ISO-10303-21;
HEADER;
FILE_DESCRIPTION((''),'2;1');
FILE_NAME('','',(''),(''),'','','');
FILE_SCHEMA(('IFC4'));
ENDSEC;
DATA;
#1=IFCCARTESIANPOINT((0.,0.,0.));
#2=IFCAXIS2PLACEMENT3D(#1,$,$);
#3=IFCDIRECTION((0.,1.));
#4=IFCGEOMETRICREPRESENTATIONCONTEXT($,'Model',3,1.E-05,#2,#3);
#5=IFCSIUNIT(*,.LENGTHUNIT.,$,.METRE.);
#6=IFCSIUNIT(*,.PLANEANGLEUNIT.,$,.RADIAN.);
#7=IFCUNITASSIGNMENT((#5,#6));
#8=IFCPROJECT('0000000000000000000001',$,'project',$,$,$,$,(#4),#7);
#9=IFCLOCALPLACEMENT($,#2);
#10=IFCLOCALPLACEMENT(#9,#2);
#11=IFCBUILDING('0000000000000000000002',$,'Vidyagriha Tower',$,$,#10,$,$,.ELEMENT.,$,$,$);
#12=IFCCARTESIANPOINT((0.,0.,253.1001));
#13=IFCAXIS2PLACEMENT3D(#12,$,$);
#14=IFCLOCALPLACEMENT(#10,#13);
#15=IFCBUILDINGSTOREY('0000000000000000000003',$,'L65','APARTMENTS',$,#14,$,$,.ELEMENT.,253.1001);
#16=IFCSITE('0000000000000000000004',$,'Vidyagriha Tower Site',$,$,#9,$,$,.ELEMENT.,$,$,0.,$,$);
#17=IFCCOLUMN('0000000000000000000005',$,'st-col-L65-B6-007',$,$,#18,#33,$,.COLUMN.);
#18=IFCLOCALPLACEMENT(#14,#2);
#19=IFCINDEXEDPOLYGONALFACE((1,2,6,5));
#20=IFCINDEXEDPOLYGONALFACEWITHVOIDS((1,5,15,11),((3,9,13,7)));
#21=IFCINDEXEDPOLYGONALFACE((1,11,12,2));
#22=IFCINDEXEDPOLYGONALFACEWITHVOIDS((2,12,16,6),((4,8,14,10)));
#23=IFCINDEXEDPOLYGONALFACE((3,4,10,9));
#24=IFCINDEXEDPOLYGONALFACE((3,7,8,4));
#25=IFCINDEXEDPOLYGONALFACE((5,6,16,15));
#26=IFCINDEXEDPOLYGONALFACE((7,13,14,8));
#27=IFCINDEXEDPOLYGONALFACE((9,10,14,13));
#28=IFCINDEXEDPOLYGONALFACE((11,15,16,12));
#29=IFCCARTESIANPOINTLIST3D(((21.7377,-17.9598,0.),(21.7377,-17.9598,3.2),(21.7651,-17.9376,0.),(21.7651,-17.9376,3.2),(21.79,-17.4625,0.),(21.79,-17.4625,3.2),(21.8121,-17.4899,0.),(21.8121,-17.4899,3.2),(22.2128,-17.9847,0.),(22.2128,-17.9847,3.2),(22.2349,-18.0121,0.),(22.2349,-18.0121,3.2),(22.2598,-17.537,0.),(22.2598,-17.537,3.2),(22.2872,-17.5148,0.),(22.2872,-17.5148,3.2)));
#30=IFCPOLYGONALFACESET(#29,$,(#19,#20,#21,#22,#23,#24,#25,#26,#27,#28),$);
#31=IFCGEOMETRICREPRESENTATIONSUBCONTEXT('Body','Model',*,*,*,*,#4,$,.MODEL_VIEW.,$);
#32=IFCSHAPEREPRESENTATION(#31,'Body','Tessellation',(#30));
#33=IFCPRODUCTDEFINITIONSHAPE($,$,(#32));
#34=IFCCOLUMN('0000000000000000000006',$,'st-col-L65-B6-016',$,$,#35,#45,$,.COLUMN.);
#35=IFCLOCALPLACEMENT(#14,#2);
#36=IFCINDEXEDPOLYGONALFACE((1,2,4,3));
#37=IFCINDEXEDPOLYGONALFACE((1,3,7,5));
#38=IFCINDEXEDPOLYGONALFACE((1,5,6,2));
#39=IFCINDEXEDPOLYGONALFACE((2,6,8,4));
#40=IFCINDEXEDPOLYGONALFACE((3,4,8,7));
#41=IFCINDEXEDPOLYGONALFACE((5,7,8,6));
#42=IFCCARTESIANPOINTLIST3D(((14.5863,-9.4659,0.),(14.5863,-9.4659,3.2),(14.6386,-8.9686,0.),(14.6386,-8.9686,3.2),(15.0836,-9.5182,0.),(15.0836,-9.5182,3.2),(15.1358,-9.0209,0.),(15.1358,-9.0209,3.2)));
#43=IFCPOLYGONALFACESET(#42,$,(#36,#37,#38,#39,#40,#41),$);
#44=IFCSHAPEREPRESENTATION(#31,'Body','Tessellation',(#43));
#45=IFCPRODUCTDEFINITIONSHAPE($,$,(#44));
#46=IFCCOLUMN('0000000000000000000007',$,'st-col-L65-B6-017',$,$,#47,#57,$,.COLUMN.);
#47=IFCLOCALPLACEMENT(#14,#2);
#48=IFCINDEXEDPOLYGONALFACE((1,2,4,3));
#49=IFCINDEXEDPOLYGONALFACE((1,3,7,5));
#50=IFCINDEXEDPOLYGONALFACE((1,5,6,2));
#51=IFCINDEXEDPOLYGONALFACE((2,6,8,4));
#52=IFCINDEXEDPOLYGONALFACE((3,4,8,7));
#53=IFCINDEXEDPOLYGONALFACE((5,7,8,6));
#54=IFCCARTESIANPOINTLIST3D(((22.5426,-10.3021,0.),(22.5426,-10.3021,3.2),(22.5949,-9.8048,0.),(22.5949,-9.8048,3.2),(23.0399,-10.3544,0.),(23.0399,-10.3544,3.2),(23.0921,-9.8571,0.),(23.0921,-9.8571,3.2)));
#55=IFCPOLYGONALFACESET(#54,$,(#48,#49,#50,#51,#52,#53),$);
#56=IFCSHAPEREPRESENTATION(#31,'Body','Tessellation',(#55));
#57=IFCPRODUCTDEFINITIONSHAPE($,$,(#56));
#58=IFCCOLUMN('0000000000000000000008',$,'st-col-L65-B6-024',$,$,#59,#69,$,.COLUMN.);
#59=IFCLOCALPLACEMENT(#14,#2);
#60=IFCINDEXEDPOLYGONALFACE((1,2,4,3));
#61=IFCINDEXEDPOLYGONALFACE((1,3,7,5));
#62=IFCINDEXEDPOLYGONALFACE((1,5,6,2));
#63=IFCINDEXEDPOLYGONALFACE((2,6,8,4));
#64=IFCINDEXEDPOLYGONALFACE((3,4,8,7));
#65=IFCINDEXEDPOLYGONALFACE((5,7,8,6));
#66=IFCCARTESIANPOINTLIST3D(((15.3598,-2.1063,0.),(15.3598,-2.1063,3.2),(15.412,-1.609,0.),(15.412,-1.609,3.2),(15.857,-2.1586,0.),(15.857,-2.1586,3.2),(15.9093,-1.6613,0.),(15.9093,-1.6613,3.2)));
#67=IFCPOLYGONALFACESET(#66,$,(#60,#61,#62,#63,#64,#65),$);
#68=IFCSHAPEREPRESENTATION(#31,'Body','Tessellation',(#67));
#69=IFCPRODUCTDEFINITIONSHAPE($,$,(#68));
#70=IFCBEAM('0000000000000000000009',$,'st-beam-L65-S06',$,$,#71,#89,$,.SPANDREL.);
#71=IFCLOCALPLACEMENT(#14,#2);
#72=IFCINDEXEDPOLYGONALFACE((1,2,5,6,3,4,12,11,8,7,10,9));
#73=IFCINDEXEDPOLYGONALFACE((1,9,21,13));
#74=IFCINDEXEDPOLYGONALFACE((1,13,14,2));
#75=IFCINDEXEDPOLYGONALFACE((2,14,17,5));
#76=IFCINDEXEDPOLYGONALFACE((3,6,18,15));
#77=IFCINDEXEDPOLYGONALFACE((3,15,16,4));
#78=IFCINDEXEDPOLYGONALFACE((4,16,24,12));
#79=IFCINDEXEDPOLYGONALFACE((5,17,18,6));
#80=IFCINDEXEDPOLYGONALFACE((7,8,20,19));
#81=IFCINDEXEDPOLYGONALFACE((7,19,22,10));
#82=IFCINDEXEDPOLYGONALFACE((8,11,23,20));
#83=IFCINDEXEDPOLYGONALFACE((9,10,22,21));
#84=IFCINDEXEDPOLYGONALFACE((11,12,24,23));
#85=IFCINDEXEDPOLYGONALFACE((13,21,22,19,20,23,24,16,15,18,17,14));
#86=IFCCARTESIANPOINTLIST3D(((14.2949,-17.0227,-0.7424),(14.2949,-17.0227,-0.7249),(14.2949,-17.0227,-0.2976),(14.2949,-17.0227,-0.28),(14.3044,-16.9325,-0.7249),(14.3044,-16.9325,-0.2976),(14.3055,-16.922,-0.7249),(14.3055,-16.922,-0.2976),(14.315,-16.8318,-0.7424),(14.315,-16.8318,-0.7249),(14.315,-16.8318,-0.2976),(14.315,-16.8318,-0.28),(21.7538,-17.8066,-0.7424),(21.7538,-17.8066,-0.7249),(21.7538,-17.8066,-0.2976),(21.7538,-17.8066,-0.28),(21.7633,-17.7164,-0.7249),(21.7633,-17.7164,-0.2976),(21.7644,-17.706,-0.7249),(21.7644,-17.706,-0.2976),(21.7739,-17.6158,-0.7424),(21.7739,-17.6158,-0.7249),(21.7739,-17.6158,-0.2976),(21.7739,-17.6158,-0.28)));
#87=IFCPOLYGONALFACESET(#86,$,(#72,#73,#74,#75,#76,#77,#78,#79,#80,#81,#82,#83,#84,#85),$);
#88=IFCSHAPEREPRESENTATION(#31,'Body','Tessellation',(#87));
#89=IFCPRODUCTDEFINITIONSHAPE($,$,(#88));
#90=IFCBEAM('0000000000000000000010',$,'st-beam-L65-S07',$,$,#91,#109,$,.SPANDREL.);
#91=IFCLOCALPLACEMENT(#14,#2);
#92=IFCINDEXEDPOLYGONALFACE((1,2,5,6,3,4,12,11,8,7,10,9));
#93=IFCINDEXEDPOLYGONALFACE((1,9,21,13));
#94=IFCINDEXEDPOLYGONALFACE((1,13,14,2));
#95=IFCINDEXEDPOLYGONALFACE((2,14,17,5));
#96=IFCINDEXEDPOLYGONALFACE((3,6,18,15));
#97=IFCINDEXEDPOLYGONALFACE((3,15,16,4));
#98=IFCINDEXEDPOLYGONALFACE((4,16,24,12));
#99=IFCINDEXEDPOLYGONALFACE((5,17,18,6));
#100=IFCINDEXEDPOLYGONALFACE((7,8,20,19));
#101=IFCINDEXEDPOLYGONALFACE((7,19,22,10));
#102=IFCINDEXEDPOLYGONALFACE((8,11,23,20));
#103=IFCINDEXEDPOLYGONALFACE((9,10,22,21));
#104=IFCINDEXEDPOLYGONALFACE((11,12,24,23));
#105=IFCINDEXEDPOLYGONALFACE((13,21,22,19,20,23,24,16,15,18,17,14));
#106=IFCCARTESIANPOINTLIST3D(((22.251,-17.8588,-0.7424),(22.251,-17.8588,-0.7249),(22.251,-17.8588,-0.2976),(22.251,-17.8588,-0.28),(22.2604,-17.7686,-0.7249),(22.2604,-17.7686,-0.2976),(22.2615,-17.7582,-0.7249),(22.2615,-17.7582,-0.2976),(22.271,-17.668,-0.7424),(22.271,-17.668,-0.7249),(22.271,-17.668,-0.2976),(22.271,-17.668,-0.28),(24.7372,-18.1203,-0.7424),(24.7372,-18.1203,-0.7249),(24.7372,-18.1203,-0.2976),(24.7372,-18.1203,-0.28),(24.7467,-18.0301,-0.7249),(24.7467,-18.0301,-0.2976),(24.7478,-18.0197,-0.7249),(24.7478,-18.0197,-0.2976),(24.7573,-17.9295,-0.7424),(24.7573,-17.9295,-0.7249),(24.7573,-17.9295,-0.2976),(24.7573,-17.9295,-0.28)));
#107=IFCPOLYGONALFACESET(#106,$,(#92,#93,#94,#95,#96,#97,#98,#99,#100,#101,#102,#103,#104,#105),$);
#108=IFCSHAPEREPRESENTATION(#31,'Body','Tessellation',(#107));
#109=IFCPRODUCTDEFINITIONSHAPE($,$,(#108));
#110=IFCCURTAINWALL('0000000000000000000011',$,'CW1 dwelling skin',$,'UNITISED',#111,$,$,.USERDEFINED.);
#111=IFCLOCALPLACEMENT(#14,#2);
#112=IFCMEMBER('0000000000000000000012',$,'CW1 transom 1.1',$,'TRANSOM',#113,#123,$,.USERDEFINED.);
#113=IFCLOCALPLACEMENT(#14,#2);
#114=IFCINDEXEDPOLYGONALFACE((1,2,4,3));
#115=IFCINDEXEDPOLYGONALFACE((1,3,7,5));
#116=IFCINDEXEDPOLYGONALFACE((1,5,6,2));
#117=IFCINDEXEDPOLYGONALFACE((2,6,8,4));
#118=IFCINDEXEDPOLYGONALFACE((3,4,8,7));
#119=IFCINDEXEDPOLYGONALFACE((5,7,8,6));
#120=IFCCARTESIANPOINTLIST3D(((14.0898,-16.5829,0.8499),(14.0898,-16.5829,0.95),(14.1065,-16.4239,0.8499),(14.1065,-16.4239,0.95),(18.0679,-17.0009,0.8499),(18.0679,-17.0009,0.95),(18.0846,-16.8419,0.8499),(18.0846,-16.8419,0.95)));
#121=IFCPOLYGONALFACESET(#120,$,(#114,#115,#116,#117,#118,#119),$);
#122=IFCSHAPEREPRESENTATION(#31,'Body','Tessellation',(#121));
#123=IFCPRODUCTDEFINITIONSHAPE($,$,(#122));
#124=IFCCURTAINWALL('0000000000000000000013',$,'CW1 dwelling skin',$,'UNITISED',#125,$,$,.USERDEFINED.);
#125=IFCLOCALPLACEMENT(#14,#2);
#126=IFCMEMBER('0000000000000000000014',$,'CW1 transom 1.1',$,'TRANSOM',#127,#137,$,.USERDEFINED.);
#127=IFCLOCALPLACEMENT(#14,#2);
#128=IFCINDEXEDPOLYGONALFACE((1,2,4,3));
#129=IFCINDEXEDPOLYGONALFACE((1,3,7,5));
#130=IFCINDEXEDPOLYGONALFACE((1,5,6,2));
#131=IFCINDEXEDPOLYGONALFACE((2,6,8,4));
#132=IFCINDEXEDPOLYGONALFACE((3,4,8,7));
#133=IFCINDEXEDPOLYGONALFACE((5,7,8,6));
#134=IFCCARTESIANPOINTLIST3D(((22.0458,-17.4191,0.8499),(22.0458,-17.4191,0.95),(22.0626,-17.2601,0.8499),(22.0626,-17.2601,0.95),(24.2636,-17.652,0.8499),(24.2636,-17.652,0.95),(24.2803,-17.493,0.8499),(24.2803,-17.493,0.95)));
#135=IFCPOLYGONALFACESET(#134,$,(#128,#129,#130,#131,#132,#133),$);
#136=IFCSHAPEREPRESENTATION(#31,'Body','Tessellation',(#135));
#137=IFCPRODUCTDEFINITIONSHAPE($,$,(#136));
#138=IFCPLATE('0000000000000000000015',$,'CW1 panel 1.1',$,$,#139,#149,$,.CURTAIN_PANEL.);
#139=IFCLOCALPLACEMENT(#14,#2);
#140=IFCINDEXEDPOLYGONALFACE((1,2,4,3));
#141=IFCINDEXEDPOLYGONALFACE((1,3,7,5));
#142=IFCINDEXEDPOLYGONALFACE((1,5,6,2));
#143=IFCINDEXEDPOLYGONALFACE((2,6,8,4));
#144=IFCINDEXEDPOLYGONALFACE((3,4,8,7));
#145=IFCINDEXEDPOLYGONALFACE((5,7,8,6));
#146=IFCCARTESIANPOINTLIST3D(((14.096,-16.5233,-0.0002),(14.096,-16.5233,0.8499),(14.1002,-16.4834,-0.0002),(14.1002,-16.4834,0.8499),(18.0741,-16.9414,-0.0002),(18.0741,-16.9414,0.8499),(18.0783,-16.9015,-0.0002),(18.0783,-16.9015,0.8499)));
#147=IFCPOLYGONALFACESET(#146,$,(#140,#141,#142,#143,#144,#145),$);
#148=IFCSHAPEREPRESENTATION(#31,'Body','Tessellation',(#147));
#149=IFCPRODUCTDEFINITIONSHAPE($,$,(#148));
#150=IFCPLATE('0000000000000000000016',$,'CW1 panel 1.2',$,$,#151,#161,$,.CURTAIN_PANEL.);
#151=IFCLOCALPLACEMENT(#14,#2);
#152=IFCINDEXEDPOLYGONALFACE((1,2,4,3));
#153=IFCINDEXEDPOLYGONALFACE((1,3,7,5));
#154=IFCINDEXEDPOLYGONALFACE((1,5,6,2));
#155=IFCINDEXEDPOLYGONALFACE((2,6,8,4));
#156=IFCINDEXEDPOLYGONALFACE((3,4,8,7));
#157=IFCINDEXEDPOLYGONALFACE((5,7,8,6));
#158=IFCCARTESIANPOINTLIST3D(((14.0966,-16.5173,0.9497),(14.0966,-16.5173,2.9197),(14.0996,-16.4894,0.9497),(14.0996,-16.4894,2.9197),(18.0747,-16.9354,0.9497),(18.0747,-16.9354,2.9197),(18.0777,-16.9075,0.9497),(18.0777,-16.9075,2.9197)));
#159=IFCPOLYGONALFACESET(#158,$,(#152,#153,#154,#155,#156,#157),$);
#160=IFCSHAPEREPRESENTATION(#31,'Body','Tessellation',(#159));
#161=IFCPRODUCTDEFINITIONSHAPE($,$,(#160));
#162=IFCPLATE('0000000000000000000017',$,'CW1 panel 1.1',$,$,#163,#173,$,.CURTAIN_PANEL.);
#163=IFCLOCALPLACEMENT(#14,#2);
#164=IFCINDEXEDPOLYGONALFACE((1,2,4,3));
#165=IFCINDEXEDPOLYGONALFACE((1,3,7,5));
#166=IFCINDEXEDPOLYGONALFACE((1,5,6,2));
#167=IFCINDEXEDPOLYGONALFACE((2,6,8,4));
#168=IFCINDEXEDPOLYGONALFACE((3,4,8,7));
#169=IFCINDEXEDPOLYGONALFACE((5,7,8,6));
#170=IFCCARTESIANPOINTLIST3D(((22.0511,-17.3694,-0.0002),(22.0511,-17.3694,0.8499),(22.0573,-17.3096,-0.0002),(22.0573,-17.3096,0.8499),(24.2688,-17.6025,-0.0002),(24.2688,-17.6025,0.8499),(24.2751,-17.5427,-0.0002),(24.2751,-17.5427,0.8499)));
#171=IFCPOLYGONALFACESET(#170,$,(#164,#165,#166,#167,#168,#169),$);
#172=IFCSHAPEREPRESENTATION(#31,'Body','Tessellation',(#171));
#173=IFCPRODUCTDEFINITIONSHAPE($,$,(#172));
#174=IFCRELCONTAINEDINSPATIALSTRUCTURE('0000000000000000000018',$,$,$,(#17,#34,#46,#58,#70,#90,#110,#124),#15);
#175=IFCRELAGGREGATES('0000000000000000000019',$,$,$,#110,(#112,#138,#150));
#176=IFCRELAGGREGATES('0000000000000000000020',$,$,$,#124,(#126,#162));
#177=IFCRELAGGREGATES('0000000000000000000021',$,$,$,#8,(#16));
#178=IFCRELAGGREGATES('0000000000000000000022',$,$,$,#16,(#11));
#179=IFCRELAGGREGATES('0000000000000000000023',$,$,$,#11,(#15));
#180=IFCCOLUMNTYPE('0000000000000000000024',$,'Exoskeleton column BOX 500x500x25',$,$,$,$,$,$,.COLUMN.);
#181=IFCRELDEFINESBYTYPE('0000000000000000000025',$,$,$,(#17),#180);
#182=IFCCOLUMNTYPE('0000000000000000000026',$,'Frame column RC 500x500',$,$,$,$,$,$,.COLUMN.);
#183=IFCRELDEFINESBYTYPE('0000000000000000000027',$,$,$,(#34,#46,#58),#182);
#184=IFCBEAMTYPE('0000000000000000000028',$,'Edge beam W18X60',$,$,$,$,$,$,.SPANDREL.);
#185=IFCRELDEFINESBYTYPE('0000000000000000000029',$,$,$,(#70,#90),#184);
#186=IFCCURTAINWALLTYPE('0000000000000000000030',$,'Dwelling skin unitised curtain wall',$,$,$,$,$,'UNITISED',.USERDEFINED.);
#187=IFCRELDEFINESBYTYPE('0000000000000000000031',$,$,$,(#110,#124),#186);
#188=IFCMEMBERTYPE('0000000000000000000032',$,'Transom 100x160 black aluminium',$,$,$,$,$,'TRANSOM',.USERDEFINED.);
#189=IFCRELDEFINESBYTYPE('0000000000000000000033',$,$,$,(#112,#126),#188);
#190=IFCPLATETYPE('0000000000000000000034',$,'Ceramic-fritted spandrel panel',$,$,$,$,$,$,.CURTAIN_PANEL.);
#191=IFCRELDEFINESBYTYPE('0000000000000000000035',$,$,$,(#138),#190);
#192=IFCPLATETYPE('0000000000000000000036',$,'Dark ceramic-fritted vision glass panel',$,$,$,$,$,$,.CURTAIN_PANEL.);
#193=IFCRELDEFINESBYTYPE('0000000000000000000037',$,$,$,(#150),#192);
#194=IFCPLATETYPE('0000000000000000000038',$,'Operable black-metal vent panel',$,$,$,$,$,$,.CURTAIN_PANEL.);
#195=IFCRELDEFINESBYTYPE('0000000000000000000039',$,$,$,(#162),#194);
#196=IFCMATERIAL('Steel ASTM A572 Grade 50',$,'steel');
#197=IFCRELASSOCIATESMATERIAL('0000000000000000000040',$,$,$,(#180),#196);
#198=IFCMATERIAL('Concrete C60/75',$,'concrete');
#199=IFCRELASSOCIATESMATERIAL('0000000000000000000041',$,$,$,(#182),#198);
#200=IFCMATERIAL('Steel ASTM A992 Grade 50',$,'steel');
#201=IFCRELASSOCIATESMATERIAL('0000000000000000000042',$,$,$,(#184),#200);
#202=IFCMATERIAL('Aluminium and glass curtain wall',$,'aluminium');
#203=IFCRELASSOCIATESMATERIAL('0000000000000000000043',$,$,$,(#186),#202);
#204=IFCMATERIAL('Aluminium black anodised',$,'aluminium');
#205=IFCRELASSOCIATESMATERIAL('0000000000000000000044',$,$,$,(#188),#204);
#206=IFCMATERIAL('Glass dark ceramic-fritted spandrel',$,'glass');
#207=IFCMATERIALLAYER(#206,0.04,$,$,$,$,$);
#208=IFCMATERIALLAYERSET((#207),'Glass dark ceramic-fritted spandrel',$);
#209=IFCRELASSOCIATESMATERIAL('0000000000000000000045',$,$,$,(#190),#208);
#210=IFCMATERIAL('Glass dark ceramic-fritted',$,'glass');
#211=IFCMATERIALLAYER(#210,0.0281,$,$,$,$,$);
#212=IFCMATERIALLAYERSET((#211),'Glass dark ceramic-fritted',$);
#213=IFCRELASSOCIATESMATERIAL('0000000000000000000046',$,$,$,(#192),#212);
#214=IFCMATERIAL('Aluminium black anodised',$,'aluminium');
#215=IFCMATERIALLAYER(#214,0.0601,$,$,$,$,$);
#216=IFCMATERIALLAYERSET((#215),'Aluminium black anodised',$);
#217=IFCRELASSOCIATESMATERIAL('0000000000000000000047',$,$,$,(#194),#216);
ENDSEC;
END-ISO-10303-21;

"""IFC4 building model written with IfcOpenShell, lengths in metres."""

from ifc_helpers import new_model, si_unit, direction, frame, origin, origin_2d, place, context, subcontext, project, spatial, rectangle, hollow_rectangle, i_section, extrude, material, layer, layer_set, material_profile, profile_set, type_object, element, aggregate, save


model = new_model("IFC4")

# Units and contexts
model_context = context("Model", 3, precision=1e-05, world=origin(), true_north=direction((0.0, 1.0)))
body_context = subcontext(model_context, "Body", "Model", "MODEL_VIEW")
ifc_project = project(units=[si_unit("LENGTHUNIT", "METRE"), si_unit("PLANEANGLEUNIT", "RADIAN")], contexts=[model_context])

# Site, building, storey
site_placement = place(None, origin())
site = spatial("IfcSite", under=ifc_project, at=site_placement, Name="Vidyagriha Tower Site", CompositionType="ELEMENT", RefElevation=0.0)
building_placement = place(site_placement, origin())
building = spatial("IfcBuilding", under=site, at=building_placement, Name="Vidyagriha Tower", CompositionType="ELEMENT")
storey_placement = place(building_placement, frame((0.0, 0.0, 253.1001)))
storey = spatial("IfcBuildingStorey", under=building, at=storey_placement, Name="L65", Description="APARTMENTS", CompositionType="ELEMENT", Elevation=253.1001)

# Columns
ifc_material_1 = material(Name="Steel ASTM A572 Grade 50", Category="steel")
ifc_material_profile_1 = material_profile(ifc_material_1, hollow_rectangle(XDim=0.5, YDim=0.5, WallThickness=0.0249, at=origin_2d()), Name="BOX 500x500x25")
ifc_profile_set_1 = profile_set([ifc_material_profile_1], Name="Steel ASTM A572 Grade 50")
column_type_1 = type_object("IfcColumnType", Name="Exoskeleton column BOX 500x500x25", PredefinedType="COLUMN", material=ifc_profile_set_1)
column_placement = place(storey_placement, frame((22.0125, -17.7373, 0.0), z_axis=(0.0, 0.0, 1.0), x_axis=(0.994522, -0.104528, 0.0)))
element("IfcColumn", 1, at=column_placement, inside=storey, type_object=column_type_1, Name="st-col-L65-B6-007", PredefinedType="COLUMN", context=body_context, shape_type="SweptSolid", body=[
    extrude(hollow_rectangle(XDim=0.5, YDim=0.5, WallThickness=0.0249, at=origin_2d()), origin(), (0.0, 0.0, 1.0), 3.2),
])
ifc_material_2 = material(Name="Concrete C60/75", Category="concrete")
ifc_material_profile_2 = material_profile(ifc_material_2, rectangle(XDim=0.5, YDim=0.5, at=origin_2d()), Name="RC 500x500")
ifc_profile_set_2 = profile_set([ifc_material_profile_2], Name="Concrete C60/75")
column_type_2 = type_object("IfcColumnType", Name="Frame column RC 500x500", PredefinedType="COLUMN", material=ifc_profile_set_2)
for number, where, z_axis, x_axis, name in (
    (2, (14.8611, -9.2434, 0.0), (0.0, 0.0, 1.0), (0.994522, -0.104528, 0.0), "st-col-L65-B6-016"),
    (3, (22.8174, -10.0796, 0.0), (0.0, 0.0, 1.0), (0.994522, -0.104528, 0.0), "st-col-L65-B6-017"),
    (4, (15.6345, -1.8838, 0.0), (0.0, 0.0, 1.0), (0.994522, -0.104528, 0.0), "st-col-L65-B6-024"),
):
    element("IfcColumn", number, at=place(storey_placement, frame(where, z_axis=z_axis, x_axis=x_axis)), inside=storey, type_object=column_type_2, Name=name, PredefinedType="COLUMN", context=body_context, shape_type="SweptSolid", body=[
        extrude(rectangle(XDim=0.5, YDim=0.5, at=origin_2d()), origin(), (0.0, 0.0, 1.0), 3.2),
    ])

# Beams
ifc_material_3 = material(Name="Steel ASTM A992 Grade 50", Category="steel")
ifc_material_profile_3 = material_profile(ifc_material_3, i_section(OverallWidth=0.1919, OverallDepth=0.4624, WebThickness=0.0105, FlangeThickness=0.0176, at=origin_2d()), Name="W18X60")
ifc_profile_set_3 = profile_set([ifc_material_profile_3], Name="Steel ASTM A992 Grade 50")
beam_type = type_object("IfcBeamType", Name="Edge beam W18X60", PredefinedType="SPANDREL", material=ifc_profile_set_3)
beam_1_placement = place(storey_placement, frame((14.3049, -16.9272, -0.5112), z_axis=(0.994522, -0.104524, 0.0), x_axis=(0.104524, 0.994522, 0.0)))
element("IfcBeam", 5, at=beam_1_placement, inside=storey, type_object=beam_type, Name="st-beam-L65-S06", PredefinedType="SPANDREL", context=body_context, shape_type="SweptSolid", body=[
    extrude(i_section(OverallWidth=0.1919, OverallDepth=0.4624, WebThickness=0.0105, FlangeThickness=0.0176, at=origin_2d()), origin(), (0.0, 0.0, 1.0), 7.5),
])
beam_2_placement = place(storey_placement, frame((22.261, -17.7634, -0.5112), z_axis=(0.994516, -0.104588, 0.0), x_axis=(0.104588, 0.994516, 0.0)))
element("IfcBeam", 6, at=beam_2_placement, inside=storey, type_object=beam_type, Name="st-beam-L65-S07", PredefinedType="SPANDREL", context=body_context, shape_type="SweptSolid", body=[
    extrude(i_section(OverallWidth=0.1919, OverallDepth=0.4624, WebThickness=0.0105, FlangeThickness=0.0176, at=origin_2d()), origin(), (0.0, 0.0, 1.0), 2.5),
])

# Curtain walls, members
ifc_material_4 = material(Name="Aluminium and glass curtain wall", Category="aluminium")
curtain_wall_type = type_object("IfcCurtainWallType", Name="Dwelling skin unitised curtain wall", ElementType="UNITISED", PredefinedType="USERDEFINED", material=ifc_material_4)
curtain_wall_1_placement = place(storey_placement, origin())
curtain_wall_1 = element("IfcCurtainWall", 7, at=curtain_wall_1_placement, inside=storey, type_object=curtain_wall_type, Name="CW1 dwelling skin", ObjectType="UNITISED", PredefinedType="USERDEFINED")
ifc_material_5 = material(Name="Aluminium black anodised", Category="aluminium")
ifc_material_profile_4 = material_profile(ifc_material_5, rectangle(XDim=0.1599, YDim=0.1001, at=origin_2d()), Name="Transom 100x160 black aluminium")
ifc_profile_set_4 = profile_set([ifc_material_profile_4], Name="Aluminium black anodised")
member_type = type_object("IfcMemberType", Name="Transom 100x160 black aluminium", ElementType="TRANSOM", PredefinedType="USERDEFINED", material=ifc_profile_set_4)
member_1_placement = place(storey_placement, frame((14.0981, -16.5034, 0.8999), z_axis=(0.994526, -0.104494, 0.0), x_axis=(0.104494, 0.994526, 0.0)))
member_1 = element("IfcMember", 8, at=member_1_placement, type_object=member_type, Name="CW1 transom 1.1", ObjectType="TRANSOM", PredefinedType="USERDEFINED", context=body_context, shape_type="SweptSolid", body=[
    extrude(rectangle(XDim=0.1599, YDim=0.1001, at=origin_2d()), origin(), (0.0, 0.0, 1.0), 4.0),
])
curtain_wall_2_placement = place(storey_placement, origin())
curtain_wall_2 = element("IfcCurtainWall", 9, at=curtain_wall_2_placement, inside=storey, type_object=curtain_wall_type, Name="CW1 dwelling skin", ObjectType="UNITISED", PredefinedType="USERDEFINED")
member_2_placement = place(storey_placement, frame((22.0542, -17.3396, 0.8999), z_axis=(0.994531, -0.104445, 0.0), x_axis=(0.104445, 0.994531, 0.0)))
member_2 = element("IfcMember", 10, at=member_2_placement, type_object=member_type, Name="CW1 transom 1.1", ObjectType="TRANSOM", PredefinedType="USERDEFINED", context=body_context, shape_type="SweptSolid", body=[
    extrude(rectangle(XDim=0.1599, YDim=0.1001, at=origin_2d()), origin(), (0.0, 0.0, 1.0), 2.23),
])

# Plates
ifc_material_6 = material(Name="Glass dark ceramic-fritted spandrel", Category="glass")
ifc_layer_1 = layer(ifc_material_6, 0.04)
ifc_layer_set_1 = layer_set([ifc_layer_1], Name="Glass dark ceramic-fritted spandrel")
plate_type_1 = type_object("IfcPlateType", Name="Ceramic-fritted spandrel panel", PredefinedType="CURTAIN_PANEL", material=ifc_layer_set_1)
plate_1_placement = place(storey_placement, frame((16.0872, -16.7124, -0.0002), z_axis=(0.0, 0.0, 1.0), x_axis=(0.994522, -0.104525, 0.0)))
plate_1 = element("IfcPlate", 11, at=plate_1_placement, type_object=plate_type_1, Name="CW1 panel 1.1", PredefinedType="CURTAIN_PANEL", context=body_context, shape_type="SweptSolid", body=[
    extrude(rectangle(XDim=4.0, YDim=0.04, at=origin_2d()), origin(), (0.0, 0.0, 1.0), 0.8501),
])
ifc_material_7 = material(Name="Glass dark ceramic-fritted", Category="glass")
ifc_layer_2 = layer(ifc_material_7, 0.0281)
ifc_layer_set_2 = layer_set([ifc_layer_2], Name="Glass dark ceramic-fritted")
plate_type_2 = type_object("IfcPlateType", Name="Dark ceramic-fritted vision glass panel", PredefinedType="CURTAIN_PANEL", material=ifc_layer_set_2)
plate_2_placement = place(storey_placement, frame((16.0872, -16.7124, 0.9497), z_axis=(0.0, 0.0, 1.0), x_axis=(0.994522, -0.104525, 0.0)))
plate_2 = element("IfcPlate", 12, at=plate_2_placement, type_object=plate_type_2, Name="CW1 panel 1.2", PredefinedType="CURTAIN_PANEL", context=body_context, shape_type="SweptSolid", body=[
    extrude(rectangle(XDim=4.0, YDim=0.0281, at=origin_2d()), origin(), (0.0, 0.0, 1.0), 1.97),
])
aggregate(curtain_wall_1, [member_1, plate_1, plate_2])
ifc_material_8 = material(Name="Aluminium black anodised", Category="aluminium")
ifc_layer_3 = layer(ifc_material_8, 0.0601)
ifc_layer_set_3 = layer_set([ifc_layer_3], Name="Aluminium black anodised")
plate_type_3 = type_object("IfcPlateType", Name="Operable black-metal vent panel", PredefinedType="CURTAIN_PANEL", material=ifc_layer_set_3)
plate_3_placement = place(storey_placement, frame((23.1631, -17.4561, -0.0002), z_axis=(0.0, 0.0, 1.0), x_axis=(0.994523, -0.104522, 0.0)))
plate_3 = element("IfcPlate", 13, at=plate_3_placement, type_object=plate_type_3, Name="CW1 panel 1.1", PredefinedType="CURTAIN_PANEL", context=body_context, shape_type="SweptSolid", body=[
    extrude(rectangle(XDim=2.23, YDim=0.0601, at=origin_2d()), origin(), (0.0, 0.0, 1.0), 0.8501),
])
aggregate(curtain_wall_2, [member_2, plate_3])

save(model, "model.ifc")
